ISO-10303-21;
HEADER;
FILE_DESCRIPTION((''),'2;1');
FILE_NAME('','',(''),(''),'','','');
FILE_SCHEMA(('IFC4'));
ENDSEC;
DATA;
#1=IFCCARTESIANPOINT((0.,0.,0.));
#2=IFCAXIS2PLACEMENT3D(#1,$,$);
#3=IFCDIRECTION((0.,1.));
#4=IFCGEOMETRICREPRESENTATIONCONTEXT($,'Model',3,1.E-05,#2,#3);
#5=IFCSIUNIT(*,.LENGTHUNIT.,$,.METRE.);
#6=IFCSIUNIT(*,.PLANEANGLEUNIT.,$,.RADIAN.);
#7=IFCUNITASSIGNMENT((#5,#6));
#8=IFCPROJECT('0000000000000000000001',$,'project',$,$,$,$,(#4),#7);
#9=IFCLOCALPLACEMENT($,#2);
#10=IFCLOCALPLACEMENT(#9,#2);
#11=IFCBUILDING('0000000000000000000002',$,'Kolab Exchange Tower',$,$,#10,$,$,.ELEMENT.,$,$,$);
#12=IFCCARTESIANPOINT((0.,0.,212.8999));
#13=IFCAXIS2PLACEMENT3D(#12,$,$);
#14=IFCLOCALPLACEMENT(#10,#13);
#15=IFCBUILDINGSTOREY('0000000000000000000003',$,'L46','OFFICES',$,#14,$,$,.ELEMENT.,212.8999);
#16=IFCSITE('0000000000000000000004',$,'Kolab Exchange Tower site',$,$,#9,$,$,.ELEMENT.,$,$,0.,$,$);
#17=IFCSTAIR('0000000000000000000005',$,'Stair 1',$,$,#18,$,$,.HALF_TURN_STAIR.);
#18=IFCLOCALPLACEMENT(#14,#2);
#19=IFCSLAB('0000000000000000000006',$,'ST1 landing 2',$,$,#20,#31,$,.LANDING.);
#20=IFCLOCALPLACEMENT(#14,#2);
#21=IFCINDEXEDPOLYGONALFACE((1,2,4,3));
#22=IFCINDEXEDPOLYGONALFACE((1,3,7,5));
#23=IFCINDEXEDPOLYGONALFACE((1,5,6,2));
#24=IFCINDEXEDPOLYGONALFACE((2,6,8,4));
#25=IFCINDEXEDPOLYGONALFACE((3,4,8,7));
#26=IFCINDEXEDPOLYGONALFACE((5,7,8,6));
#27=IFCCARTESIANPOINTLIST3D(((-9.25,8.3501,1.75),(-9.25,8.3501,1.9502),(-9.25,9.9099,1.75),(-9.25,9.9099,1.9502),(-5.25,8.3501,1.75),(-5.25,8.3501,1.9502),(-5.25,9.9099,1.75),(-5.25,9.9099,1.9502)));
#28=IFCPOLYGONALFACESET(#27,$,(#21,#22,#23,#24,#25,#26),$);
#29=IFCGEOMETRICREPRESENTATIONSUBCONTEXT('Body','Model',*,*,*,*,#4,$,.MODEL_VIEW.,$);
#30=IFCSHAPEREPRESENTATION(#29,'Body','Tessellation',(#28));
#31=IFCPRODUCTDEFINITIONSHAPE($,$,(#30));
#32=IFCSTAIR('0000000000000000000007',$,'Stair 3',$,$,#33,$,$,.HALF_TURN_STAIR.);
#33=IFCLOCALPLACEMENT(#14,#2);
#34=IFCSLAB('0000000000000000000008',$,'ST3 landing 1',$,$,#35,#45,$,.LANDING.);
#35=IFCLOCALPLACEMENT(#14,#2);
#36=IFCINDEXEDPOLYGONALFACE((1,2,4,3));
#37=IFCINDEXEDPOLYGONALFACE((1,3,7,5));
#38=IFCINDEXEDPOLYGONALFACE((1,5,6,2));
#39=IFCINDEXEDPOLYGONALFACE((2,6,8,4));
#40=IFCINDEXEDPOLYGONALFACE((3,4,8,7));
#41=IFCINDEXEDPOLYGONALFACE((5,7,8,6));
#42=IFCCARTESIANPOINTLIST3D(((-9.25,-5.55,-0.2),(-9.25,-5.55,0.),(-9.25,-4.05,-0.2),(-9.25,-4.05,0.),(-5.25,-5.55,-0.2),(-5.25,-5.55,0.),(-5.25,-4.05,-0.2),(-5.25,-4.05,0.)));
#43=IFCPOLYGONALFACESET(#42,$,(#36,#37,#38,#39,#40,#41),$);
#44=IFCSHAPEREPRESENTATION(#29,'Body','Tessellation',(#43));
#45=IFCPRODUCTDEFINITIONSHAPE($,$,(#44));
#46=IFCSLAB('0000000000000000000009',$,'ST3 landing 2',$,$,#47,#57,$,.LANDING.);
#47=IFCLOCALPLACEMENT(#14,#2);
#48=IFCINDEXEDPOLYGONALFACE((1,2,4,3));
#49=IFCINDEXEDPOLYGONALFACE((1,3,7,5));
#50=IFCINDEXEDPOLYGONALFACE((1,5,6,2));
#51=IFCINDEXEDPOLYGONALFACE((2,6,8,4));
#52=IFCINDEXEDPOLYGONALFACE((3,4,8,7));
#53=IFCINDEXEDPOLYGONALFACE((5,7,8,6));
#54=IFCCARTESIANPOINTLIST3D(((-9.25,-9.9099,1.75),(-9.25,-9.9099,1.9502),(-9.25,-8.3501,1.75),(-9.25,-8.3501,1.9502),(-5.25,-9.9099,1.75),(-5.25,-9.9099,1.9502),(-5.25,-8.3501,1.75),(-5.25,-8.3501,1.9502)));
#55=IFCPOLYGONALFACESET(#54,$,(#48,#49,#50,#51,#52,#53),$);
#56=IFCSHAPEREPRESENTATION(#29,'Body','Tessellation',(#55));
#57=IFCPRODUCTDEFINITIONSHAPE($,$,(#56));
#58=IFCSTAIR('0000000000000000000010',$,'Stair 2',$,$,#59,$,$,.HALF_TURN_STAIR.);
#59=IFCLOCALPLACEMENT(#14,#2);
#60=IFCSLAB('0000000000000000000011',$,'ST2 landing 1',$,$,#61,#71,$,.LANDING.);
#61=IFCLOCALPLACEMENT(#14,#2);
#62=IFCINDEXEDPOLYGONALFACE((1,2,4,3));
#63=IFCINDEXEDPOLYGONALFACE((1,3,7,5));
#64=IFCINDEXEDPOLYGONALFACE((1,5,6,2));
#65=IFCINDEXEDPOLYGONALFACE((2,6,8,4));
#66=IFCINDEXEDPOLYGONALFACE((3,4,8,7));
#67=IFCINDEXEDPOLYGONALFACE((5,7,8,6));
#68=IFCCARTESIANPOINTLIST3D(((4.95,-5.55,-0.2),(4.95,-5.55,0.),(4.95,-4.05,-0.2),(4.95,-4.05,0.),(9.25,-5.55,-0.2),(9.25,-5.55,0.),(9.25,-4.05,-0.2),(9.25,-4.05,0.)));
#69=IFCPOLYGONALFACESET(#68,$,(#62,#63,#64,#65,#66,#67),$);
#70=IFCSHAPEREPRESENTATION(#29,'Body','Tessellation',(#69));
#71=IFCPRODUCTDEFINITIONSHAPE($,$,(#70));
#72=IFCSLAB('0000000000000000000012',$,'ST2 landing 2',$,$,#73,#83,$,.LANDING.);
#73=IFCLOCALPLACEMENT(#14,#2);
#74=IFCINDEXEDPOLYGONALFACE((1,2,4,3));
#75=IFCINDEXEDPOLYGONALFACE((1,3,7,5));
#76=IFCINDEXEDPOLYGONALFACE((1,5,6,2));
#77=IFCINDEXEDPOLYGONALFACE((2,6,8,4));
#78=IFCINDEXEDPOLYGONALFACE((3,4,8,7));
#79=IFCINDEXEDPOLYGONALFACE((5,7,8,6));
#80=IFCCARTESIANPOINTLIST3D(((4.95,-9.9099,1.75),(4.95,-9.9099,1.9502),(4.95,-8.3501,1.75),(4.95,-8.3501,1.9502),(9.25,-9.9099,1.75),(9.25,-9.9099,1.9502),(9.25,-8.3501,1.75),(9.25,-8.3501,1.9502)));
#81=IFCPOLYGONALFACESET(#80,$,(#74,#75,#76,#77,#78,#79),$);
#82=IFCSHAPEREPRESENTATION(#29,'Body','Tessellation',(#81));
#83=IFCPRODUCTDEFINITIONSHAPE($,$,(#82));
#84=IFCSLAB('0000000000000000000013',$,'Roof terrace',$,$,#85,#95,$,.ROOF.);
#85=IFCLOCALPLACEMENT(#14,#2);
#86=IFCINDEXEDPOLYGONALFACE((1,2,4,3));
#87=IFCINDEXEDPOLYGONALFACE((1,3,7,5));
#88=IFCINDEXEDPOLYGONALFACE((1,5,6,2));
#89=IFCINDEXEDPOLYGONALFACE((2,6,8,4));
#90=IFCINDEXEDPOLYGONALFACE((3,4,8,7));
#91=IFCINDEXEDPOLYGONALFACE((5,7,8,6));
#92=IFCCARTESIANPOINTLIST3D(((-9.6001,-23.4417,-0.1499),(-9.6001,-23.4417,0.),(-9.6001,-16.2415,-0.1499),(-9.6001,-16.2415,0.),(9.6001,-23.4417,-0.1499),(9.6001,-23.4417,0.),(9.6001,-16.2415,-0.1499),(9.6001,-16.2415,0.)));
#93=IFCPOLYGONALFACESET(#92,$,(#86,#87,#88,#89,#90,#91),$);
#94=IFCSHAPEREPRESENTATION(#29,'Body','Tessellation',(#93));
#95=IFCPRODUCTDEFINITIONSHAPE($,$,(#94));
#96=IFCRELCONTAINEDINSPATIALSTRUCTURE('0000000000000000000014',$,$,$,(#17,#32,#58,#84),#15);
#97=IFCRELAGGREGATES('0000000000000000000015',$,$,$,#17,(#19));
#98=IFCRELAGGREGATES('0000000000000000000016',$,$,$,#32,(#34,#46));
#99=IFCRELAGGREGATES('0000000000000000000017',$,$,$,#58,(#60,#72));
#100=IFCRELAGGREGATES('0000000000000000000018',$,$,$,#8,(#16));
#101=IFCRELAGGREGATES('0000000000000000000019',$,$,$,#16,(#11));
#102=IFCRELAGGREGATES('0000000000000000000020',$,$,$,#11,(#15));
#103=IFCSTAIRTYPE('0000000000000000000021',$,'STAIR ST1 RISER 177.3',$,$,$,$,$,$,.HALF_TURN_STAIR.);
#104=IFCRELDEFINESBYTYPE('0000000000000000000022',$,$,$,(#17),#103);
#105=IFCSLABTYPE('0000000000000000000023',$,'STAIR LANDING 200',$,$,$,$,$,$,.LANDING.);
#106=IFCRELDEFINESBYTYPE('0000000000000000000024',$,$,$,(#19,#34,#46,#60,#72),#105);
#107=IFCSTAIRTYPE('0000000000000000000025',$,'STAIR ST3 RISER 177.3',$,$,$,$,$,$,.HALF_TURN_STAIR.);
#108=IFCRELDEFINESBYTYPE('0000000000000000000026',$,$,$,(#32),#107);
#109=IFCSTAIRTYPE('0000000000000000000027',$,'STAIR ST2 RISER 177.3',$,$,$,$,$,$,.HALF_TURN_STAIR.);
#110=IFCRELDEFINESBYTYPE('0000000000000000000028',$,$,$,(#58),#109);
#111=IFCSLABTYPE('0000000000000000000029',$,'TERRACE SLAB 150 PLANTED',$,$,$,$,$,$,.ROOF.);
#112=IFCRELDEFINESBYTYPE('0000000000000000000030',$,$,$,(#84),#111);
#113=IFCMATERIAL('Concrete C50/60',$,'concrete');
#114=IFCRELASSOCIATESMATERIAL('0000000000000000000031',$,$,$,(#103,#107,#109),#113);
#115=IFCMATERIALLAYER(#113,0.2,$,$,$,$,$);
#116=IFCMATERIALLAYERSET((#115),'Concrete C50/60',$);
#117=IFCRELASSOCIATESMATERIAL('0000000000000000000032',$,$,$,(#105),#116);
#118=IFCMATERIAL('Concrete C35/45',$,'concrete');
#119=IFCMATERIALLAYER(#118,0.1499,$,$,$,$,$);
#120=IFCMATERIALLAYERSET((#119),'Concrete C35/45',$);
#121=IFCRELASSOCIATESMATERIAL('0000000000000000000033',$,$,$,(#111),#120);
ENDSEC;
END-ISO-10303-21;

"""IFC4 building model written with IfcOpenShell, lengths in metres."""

from ifc_helpers import new_model, si_unit, direction, frame, origin, place, context, subcontext, project, spatial, polyline, outline, extrude, material, layer, layer_set, type_object, element, aggregate, save


model = new_model("IFC4")

# Units and contexts
model_context = context("Model", 3, precision=1e-05, world=origin(), true_north=direction((0.0, 1.0)))
body_context = subcontext(model_context, "Body", "Model", "MODEL_VIEW")
ifc_project = project(units=[si_unit("LENGTHUNIT", "METRE"), si_unit("PLANEANGLEUNIT", "RADIAN")], contexts=[model_context])

# Site, building, storey
site_placement = place(None, origin())
site = spatial("IfcSite", under=ifc_project, at=site_placement, Name="Kolab Exchange Tower site", CompositionType="ELEMENT", RefElevation=0.0)
building_placement = place(site_placement, origin())
building = spatial("IfcBuilding", under=site, at=building_placement, Name="Kolab Exchange Tower", CompositionType="ELEMENT")
storey_placement = place(building_placement, frame((0.0, 0.0, 212.8999)))
storey = spatial("IfcBuildingStorey", under=building, at=storey_placement, Name="L46", Description="OFFICES", CompositionType="ELEMENT", Elevation=212.8999)

# Shared definitions
ifc_material_1 = material(Name="Concrete C35/45", Category="concrete")

# Stairs, slabs
ifc_material_2 = material(Name="Concrete C50/60", Category="concrete")
stair_type_1 = type_object("IfcStairType", Name="STAIR ST1 RISER 177.3", PredefinedType="HALF_TURN_STAIR", material=ifc_material_2)
stair_1_placement = place(storey_placement, origin())
stair_1 = element("IfcStair", 1, at=stair_1_placement, inside=storey, type_object=stair_type_1, Name="Stair 1", PredefinedType="HALF_TURN_STAIR")
ifc_layer_1 = layer(ifc_material_2, 0.2)
ifc_layer_set_1 = layer_set([ifc_layer_1], Name="Concrete C50/60")
slab_type_1 = type_object("IfcSlabType", Name="STAIR LANDING 200", PredefinedType="LANDING", material=ifc_layer_set_1)
slab_1_placement = place(storey_placement, frame((0.0, 0.0, 1.75)))
slab_1 = element("IfcSlab", 2, at=slab_1_placement, type_object=slab_type_1, Name="ST1 landing 2", PredefinedType="LANDING", context=body_context, shape_type="SweptSolid", body=[
    extrude(outline(polyline([(-9.25, 8.3501), (-5.25, 8.3501), (-5.25, 9.9099), (-9.25, 9.9099), (-9.25, 8.3501)])), origin(), (0.0, 0.0, 1.0), 0.2002),
])
aggregate(stair_1, [slab_1])
stair_type_2 = type_object("IfcStairType", Name="STAIR ST3 RISER 177.3", PredefinedType="HALF_TURN_STAIR", material=ifc_material_2)
stair_2_placement = place(storey_placement, origin())
stair_2 = element("IfcStair", 3, at=stair_2_placement, inside=storey, type_object=stair_type_2, Name="Stair 3", PredefinedType="HALF_TURN_STAIR")
slab_2_placement = place(storey_placement, frame((0.0, 0.0, -0.2)))
slab_2 = element("IfcSlab", 4, at=slab_2_placement, type_object=slab_type_1, Name="ST3 landing 1", PredefinedType="LANDING", context=body_context, shape_type="SweptSolid", body=[
    extrude(outline(polyline([(-9.25, -5.55), (-5.25, -5.55), (-5.25, -4.05), (-9.25, -4.05), (-9.25, -5.55)])), origin(), (0.0, 0.0, 1.0), 0.2),
])
slab_3_placement = place(storey_placement, frame((0.0, 0.0, 1.75)))
slab_3 = element("IfcSlab", 5, at=slab_3_placement, type_object=slab_type_1, Name="ST3 landing 2", PredefinedType="LANDING", context=body_context, shape_type="SweptSolid", body=[
    extrude(outline(polyline([(-9.25, -9.9099), (-5.25, -9.9099), (-5.25, -8.3501), (-9.25, -8.3501), (-9.25, -9.9099)])), origin(), (0.0, 0.0, 1.0), 0.2002),
])
aggregate(stair_2, [slab_2, slab_3])
stair_type_3 = type_object("IfcStairType", Name="STAIR ST2 RISER 177.3", PredefinedType="HALF_TURN_STAIR", material=ifc_material_2)
stair_3_placement = place(storey_placement, origin())
stair_3 = element("IfcStair", 6, at=stair_3_placement, inside=storey, type_object=stair_type_3, Name="Stair 2", PredefinedType="HALF_TURN_STAIR")
slab_4_placement = place(storey_placement, frame((0.0, 0.0, -0.2)))
slab_4 = element("IfcSlab", 7, at=slab_4_placement, type_object=slab_type_1, Name="ST2 landing 1", PredefinedType="LANDING", context=body_context, shape_type="SweptSolid", body=[
    extrude(outline(polyline([(4.95, -5.55), (9.25, -5.55), (9.25, -4.05), (4.95, -4.05), (4.95, -5.55)])), origin(), (0.0, 0.0, 1.0), 0.2),
])
slab_5_placement = place(storey_placement, frame((0.0, 0.0, 1.75)))
slab_5 = element("IfcSlab", 8, at=slab_5_placement, type_object=slab_type_1, Name="ST2 landing 2", PredefinedType="LANDING", context=body_context, shape_type="SweptSolid", body=[
    extrude(outline(polyline([(4.95, -9.9099), (9.25, -9.9099), (9.25, -8.3501), (4.95, -8.3501), (4.95, -9.9099)])), origin(), (0.0, 0.0, 1.0), 0.2002),
])
aggregate(stair_3, [slab_4, slab_5])

# Slab
ifc_layer_2 = layer(ifc_material_1, 0.1499)
ifc_layer_set_2 = layer_set([ifc_layer_2], Name="Concrete C35/45")
slab_type_2 = type_object("IfcSlabType", Name="TERRACE SLAB 150 PLANTED", PredefinedType="ROOF", material=ifc_layer_set_2)
slab_6_placement = place(storey_placement, frame((0.0, 0.0, -0.1499)))
element("IfcSlab", 9, at=slab_6_placement, inside=storey, type_object=slab_type_2, Name="Roof terrace", PredefinedType="ROOF", context=body_context, shape_type="SweptSolid", body=[
    extrude(outline(polyline([(9.6001, -23.4417), (9.6001, -16.2415), (-9.6001, -16.2415), (-9.6001, -23.4417), (9.6001, -23.4417)])), origin(), (0.0, 0.0, 1.0), 0.1499),
])

save(model, "model.ifc")
